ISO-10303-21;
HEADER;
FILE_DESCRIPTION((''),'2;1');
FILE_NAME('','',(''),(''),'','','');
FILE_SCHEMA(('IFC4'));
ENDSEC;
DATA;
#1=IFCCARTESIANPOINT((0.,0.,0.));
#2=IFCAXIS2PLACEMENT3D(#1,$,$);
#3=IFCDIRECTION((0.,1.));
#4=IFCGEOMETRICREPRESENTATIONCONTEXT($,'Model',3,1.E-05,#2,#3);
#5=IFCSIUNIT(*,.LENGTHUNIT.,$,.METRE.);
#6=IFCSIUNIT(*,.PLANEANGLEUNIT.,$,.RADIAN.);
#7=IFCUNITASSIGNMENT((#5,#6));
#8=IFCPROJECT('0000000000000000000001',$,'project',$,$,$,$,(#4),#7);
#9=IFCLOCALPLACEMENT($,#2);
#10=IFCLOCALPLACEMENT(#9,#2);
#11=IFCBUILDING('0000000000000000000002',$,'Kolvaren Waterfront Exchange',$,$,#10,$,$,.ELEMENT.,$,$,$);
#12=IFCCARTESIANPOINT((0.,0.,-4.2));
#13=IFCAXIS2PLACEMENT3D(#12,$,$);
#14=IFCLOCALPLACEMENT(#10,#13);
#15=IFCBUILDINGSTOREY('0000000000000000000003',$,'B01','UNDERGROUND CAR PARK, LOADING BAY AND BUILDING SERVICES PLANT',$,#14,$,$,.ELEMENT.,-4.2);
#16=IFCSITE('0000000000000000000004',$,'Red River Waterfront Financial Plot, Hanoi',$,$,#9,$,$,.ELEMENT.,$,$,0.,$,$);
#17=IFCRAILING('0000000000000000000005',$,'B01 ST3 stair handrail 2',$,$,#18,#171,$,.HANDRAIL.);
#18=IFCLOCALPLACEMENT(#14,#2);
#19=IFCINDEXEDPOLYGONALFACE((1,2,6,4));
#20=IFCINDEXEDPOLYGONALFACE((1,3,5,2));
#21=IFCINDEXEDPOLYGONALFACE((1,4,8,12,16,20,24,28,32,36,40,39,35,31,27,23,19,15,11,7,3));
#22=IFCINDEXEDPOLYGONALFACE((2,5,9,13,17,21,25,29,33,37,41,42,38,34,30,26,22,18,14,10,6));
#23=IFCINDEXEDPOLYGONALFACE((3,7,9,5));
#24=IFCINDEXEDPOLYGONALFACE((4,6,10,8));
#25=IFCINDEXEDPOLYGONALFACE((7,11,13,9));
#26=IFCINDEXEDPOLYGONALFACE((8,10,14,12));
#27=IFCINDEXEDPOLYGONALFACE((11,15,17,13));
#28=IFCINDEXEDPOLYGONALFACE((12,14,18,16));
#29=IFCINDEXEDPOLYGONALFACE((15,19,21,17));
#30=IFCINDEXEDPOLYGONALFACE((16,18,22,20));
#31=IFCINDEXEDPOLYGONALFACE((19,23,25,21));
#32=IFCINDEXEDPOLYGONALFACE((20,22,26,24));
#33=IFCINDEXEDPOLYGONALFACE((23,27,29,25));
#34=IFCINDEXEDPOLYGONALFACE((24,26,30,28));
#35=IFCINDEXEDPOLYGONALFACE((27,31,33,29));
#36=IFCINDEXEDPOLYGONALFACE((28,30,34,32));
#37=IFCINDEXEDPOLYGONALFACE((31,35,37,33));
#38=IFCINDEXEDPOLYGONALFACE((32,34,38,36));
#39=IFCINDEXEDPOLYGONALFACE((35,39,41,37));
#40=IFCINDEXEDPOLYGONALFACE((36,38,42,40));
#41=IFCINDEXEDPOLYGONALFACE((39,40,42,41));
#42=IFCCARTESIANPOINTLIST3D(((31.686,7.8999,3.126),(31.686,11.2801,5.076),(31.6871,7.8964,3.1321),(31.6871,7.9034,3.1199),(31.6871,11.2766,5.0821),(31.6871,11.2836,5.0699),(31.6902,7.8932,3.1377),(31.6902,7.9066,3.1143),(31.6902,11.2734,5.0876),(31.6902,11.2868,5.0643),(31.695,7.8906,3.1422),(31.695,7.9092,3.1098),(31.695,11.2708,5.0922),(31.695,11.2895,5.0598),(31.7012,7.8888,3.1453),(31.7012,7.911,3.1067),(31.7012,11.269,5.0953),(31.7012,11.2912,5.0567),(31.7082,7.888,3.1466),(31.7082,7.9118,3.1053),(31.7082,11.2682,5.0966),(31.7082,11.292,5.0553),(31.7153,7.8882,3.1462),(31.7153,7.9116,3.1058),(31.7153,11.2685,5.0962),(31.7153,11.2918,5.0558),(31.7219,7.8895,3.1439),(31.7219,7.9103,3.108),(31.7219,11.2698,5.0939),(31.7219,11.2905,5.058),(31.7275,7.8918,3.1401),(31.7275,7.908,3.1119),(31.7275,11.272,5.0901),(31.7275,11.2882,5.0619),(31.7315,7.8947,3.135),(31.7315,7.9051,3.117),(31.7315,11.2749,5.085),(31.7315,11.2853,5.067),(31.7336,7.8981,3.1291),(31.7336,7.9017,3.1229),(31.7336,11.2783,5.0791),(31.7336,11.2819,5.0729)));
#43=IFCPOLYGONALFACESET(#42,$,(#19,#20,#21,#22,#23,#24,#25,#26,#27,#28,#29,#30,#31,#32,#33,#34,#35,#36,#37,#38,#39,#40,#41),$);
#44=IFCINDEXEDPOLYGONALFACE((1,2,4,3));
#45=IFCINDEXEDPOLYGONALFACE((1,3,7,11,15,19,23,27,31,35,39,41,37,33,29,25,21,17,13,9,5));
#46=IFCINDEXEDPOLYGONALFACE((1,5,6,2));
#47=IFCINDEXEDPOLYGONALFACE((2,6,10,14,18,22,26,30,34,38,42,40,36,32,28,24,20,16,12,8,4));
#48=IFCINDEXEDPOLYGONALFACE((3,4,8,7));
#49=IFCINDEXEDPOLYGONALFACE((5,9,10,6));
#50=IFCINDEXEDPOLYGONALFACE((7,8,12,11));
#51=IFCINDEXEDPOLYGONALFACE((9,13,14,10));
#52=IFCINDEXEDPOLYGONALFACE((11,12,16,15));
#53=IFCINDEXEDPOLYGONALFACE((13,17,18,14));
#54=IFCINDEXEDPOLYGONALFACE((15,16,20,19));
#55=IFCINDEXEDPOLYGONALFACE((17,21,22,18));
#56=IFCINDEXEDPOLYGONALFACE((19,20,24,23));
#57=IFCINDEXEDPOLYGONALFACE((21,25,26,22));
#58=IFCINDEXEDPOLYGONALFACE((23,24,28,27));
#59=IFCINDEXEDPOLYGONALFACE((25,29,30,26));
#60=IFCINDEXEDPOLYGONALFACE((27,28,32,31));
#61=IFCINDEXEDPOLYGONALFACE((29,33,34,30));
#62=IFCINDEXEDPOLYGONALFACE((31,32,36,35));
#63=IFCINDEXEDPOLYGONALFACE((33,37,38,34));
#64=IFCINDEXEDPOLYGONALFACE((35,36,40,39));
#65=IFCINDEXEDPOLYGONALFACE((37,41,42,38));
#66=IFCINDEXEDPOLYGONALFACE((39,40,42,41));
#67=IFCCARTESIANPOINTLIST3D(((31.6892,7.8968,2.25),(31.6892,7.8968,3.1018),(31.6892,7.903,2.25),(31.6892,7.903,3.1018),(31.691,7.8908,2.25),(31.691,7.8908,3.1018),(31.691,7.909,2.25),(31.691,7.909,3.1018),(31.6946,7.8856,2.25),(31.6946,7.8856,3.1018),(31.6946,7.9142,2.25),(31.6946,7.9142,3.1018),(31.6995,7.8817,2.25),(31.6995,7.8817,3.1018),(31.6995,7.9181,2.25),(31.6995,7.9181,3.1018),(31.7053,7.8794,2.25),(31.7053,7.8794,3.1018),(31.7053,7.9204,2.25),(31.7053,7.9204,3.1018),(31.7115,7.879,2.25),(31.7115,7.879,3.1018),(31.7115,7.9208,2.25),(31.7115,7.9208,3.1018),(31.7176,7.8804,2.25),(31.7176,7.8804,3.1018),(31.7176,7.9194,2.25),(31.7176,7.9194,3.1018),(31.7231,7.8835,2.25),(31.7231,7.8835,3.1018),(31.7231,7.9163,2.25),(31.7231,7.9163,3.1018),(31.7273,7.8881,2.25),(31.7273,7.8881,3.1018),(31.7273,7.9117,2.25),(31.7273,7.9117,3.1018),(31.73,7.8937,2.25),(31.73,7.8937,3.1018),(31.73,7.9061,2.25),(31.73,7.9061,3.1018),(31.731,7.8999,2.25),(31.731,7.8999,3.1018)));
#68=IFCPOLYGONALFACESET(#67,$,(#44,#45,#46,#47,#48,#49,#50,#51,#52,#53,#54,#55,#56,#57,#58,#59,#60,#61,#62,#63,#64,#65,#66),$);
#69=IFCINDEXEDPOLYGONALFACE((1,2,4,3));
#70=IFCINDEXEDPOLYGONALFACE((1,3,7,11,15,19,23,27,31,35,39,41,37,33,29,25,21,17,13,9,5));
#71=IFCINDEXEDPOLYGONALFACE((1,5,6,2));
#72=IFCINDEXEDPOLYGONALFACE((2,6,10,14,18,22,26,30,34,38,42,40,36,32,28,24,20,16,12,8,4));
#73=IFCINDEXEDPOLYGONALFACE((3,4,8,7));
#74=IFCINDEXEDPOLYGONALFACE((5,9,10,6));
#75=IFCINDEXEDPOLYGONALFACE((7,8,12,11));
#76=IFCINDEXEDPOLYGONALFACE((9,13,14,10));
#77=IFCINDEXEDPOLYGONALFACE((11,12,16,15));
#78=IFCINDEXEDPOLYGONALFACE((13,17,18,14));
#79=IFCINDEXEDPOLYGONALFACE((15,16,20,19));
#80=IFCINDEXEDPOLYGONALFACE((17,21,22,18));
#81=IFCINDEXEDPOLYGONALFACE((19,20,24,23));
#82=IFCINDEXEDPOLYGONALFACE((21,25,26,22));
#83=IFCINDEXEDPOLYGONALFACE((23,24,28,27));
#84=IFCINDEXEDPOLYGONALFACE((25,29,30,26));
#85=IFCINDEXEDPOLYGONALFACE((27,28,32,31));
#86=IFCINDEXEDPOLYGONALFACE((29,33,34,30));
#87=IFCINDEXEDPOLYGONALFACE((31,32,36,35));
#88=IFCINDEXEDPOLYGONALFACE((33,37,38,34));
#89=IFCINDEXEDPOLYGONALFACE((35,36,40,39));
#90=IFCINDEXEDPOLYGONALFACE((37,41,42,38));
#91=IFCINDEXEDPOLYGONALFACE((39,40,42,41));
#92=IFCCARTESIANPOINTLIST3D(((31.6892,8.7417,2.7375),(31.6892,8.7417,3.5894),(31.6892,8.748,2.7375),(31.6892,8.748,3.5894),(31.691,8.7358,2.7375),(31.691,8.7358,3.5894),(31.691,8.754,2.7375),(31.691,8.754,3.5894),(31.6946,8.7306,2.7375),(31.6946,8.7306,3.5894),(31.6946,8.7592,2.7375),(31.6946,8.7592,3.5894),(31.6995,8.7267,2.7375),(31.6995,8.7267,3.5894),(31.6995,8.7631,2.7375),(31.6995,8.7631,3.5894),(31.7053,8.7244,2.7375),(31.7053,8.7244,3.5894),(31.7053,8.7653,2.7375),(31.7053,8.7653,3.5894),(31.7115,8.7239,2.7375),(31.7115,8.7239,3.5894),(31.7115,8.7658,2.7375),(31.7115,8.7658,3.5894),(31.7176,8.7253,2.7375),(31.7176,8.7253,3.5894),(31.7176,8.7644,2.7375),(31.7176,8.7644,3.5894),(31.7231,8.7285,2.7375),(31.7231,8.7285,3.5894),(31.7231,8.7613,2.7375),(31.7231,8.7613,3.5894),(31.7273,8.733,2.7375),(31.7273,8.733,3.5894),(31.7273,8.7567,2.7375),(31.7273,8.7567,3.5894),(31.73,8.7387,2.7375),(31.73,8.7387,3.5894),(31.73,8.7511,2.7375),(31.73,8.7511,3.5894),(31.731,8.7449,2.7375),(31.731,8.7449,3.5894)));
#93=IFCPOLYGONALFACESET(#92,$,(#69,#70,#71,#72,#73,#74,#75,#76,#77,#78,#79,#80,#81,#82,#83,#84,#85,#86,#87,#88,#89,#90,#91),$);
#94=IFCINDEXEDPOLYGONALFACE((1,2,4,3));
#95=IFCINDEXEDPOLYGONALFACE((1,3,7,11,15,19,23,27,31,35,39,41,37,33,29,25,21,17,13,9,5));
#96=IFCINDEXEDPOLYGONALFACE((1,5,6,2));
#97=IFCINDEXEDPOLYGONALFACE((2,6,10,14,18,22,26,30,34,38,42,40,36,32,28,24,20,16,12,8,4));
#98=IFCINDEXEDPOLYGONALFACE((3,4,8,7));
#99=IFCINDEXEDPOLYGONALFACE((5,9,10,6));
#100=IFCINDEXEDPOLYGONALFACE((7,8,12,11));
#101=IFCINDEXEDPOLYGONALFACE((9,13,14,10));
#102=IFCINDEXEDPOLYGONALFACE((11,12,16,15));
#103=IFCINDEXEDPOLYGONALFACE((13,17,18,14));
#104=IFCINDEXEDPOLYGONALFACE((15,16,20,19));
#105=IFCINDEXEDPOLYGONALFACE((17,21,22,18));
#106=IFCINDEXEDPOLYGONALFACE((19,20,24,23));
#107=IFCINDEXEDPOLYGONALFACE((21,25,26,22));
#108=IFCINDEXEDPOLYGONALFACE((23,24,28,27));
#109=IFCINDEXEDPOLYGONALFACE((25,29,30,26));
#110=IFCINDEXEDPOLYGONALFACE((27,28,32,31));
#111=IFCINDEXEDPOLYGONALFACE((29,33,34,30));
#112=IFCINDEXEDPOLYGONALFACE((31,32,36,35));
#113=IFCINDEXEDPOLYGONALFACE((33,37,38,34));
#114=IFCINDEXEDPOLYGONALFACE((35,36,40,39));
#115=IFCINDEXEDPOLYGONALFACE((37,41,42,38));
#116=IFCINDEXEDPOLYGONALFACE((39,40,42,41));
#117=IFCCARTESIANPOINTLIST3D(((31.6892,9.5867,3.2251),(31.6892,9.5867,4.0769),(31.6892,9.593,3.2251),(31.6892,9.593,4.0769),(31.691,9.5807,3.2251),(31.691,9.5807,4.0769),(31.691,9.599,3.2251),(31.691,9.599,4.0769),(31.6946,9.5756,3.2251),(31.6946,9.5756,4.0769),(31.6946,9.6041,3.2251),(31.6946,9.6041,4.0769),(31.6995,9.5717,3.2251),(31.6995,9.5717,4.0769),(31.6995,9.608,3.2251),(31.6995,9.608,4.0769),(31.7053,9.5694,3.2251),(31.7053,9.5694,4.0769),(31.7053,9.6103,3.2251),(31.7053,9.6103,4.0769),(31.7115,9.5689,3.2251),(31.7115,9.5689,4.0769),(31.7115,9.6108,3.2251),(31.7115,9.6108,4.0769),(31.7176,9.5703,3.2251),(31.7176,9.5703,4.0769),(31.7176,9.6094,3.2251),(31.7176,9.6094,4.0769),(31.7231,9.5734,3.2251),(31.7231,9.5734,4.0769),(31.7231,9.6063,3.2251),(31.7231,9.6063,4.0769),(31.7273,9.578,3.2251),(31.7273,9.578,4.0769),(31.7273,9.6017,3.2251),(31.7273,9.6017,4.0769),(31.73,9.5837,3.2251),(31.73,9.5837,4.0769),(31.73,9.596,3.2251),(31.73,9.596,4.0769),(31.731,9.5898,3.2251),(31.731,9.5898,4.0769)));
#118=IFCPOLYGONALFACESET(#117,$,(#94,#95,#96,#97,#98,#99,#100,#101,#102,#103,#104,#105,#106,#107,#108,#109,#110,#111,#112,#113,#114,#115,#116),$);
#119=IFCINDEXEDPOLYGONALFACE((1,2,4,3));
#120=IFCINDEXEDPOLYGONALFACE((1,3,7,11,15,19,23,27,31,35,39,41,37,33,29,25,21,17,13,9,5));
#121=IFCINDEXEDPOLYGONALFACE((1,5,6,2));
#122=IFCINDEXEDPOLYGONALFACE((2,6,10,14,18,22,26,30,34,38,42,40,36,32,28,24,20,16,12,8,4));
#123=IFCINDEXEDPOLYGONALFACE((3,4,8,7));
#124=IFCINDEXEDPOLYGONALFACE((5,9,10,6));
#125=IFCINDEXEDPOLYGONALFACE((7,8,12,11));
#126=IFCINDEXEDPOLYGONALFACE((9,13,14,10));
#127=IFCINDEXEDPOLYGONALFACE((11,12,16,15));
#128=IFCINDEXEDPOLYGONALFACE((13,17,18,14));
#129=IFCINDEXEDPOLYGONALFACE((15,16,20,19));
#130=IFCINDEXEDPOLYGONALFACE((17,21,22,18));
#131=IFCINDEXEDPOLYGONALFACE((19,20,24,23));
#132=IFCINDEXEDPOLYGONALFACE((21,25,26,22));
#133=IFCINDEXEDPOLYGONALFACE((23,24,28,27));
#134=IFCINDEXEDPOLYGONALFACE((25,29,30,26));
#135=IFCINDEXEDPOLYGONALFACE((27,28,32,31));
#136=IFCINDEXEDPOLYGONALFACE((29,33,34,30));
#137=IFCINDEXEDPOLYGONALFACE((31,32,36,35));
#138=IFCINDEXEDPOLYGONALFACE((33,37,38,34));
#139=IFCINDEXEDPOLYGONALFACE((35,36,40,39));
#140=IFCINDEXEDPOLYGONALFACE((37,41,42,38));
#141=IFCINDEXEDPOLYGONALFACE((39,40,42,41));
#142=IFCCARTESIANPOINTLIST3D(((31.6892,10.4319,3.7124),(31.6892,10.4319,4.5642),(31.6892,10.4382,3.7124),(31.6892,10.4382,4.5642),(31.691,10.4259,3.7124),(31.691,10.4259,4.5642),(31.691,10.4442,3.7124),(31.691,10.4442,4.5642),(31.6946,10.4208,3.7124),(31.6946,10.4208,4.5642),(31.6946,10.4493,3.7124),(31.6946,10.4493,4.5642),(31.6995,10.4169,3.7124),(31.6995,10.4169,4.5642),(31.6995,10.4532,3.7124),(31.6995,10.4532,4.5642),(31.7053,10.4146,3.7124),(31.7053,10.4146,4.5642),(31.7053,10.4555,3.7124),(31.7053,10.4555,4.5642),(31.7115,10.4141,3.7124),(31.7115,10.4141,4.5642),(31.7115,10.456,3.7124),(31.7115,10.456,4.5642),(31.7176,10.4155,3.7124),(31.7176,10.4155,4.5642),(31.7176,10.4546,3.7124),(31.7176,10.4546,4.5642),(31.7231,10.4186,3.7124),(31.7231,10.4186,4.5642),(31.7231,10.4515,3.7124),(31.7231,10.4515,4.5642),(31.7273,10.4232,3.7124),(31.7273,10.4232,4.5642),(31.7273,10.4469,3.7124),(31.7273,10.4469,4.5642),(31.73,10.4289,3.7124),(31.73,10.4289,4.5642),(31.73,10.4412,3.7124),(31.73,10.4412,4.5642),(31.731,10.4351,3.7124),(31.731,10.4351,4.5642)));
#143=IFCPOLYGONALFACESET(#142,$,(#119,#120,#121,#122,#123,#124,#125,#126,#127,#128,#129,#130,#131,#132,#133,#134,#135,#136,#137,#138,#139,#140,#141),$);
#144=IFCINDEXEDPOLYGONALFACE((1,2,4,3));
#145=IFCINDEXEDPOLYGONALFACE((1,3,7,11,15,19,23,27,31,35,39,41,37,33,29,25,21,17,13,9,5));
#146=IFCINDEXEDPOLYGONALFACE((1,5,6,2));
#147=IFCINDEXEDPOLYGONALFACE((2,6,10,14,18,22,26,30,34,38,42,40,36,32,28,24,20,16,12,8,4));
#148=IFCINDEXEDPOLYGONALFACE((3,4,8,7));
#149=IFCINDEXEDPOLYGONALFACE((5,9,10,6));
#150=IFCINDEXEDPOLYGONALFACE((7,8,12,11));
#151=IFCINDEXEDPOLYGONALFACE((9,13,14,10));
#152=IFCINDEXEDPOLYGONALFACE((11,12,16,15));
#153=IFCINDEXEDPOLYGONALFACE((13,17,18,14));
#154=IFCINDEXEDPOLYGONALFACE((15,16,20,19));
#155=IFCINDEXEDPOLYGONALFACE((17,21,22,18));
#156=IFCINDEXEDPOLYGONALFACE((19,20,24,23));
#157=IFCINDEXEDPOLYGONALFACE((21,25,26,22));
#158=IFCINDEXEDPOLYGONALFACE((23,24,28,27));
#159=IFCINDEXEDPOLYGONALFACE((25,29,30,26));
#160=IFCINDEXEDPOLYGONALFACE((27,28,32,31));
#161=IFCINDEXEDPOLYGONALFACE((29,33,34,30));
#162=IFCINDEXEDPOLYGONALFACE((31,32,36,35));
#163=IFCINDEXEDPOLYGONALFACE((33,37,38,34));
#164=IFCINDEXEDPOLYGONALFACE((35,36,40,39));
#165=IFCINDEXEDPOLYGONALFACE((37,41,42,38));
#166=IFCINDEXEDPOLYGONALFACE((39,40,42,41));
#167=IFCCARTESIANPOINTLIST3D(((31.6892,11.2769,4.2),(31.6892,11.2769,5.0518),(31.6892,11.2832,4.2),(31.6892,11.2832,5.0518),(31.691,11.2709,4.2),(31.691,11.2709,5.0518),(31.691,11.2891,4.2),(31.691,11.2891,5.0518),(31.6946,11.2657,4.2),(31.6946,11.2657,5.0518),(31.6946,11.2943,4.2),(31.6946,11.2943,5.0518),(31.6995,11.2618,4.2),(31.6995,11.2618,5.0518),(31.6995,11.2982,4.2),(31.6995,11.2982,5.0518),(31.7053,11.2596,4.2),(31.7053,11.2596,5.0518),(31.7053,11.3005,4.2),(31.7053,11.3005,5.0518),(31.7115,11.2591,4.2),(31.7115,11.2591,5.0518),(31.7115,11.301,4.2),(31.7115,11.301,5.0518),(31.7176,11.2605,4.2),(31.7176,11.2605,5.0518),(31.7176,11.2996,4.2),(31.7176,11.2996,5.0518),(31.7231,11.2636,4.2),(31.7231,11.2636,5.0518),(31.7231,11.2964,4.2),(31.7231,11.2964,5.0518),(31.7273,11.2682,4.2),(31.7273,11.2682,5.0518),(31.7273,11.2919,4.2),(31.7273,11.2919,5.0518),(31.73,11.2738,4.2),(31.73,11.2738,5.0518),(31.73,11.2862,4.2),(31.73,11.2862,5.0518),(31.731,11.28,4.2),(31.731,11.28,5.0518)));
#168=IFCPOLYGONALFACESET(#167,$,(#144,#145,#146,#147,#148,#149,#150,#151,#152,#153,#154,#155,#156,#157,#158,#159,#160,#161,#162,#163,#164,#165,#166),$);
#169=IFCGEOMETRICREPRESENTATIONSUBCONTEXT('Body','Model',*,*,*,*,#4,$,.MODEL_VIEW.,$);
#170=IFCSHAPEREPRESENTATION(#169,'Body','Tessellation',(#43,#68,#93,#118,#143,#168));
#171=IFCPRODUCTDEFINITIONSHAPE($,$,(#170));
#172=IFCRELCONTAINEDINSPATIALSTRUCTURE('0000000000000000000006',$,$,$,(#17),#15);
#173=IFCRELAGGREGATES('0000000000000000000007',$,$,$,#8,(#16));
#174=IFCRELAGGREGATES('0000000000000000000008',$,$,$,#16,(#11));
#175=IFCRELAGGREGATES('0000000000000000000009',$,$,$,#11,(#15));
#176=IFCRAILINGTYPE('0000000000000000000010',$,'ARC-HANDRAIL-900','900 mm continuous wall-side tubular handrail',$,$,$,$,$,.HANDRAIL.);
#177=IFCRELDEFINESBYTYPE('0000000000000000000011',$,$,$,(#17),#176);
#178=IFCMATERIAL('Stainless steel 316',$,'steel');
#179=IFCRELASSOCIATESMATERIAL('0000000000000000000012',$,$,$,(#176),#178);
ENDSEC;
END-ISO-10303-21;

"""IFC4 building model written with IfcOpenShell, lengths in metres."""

from ifc_helpers import new_model, si_unit, direction, frame, origin, origin_2d, place, context, subcontext, project, spatial, circle, extrude, material, type_object, element, save


model = new_model("IFC4")

# Units and contexts
model_context = context("Model", 3, precision=1e-05, world=origin(), true_north=direction((0.0, 1.0)))
body_context = subcontext(model_context, "Body", "Model", "MODEL_VIEW")
ifc_project = project(units=[si_unit("LENGTHUNIT", "METRE"), si_unit("PLANEANGLEUNIT", "RADIAN")], contexts=[model_context])

# Site, building, storey
site_placement = place(None, origin())
site = spatial("IfcSite", under=ifc_project, at=site_placement, Name="Red River Waterfront Financial Plot, Hanoi", CompositionType="ELEMENT", RefElevation=0.0)
building_placement = place(site_placement, origin())
building = spatial("IfcBuilding", under=site, at=building_placement, Name="Kolvaren Waterfront Exchange", CompositionType="ELEMENT")
storey_placement = place(building_placement, frame((0.0, 0.0, -4.2)))
storey = spatial("IfcBuildingStorey", under=building, at=storey_placement, Name="B01", Description="UNDERGROUND CAR PARK, LOADING BAY AND BUILDING SERVICES PLANT", CompositionType="ELEMENT", Elevation=-4.2)

# Railing
ifc_material_1 = material(Name="Stainless steel 316", Category="steel")
railing_type_1 = type_object("IfcRailingType", Name="ARC-HANDRAIL-900", Description="900 mm continuous wall-side tubular handrail", PredefinedType="HANDRAIL", material=ifc_material_1)
railing_1_placement = place(storey_placement, frame((31.71, 7.8999, 2.25)))
element("IfcRailing", 1, at=railing_1_placement, inside=storey, type_object=railing_type_1, Name="B01 ST3 stair handrail 2", PredefinedType="HANDRAIL", context=body_context, shape_type="SweptSolid", body=[
    extrude(circle(Radius=0.0239, at=origin_2d()), frame((0.0, 0.0, 0.876), z_axis=(0.0, 0.866199, 0.499699), x_axis=(-1.0, 0.0, 0.0)), (0.0, 0.0, 1.0), 3.9023),
    extrude(circle(Radius=0.021, at=origin_2d()), origin(), (0.0, 0.0, 1.0), 0.8518),
    extrude(circle(Radius=0.021, at=origin_2d()), frame((0.0, 0.845, 0.4875)), (0.0, 0.0, 1.0), 0.8518),
    extrude(circle(Radius=0.021, at=origin_2d()), frame((0.0, 1.6899, 0.9751)), (0.0, 0.0, 1.0), 0.8518),
    extrude(circle(Radius=0.021, at=origin_2d()), frame((0.0, 2.5352, 1.4624)), (0.0, 0.0, 1.0), 0.8518),
    extrude(circle(Radius=0.021, at=origin_2d()), frame((0.0, 3.3801, 1.95)), (0.0, 0.0, 1.0), 0.8518),
])

save(model, "model.ifc")
